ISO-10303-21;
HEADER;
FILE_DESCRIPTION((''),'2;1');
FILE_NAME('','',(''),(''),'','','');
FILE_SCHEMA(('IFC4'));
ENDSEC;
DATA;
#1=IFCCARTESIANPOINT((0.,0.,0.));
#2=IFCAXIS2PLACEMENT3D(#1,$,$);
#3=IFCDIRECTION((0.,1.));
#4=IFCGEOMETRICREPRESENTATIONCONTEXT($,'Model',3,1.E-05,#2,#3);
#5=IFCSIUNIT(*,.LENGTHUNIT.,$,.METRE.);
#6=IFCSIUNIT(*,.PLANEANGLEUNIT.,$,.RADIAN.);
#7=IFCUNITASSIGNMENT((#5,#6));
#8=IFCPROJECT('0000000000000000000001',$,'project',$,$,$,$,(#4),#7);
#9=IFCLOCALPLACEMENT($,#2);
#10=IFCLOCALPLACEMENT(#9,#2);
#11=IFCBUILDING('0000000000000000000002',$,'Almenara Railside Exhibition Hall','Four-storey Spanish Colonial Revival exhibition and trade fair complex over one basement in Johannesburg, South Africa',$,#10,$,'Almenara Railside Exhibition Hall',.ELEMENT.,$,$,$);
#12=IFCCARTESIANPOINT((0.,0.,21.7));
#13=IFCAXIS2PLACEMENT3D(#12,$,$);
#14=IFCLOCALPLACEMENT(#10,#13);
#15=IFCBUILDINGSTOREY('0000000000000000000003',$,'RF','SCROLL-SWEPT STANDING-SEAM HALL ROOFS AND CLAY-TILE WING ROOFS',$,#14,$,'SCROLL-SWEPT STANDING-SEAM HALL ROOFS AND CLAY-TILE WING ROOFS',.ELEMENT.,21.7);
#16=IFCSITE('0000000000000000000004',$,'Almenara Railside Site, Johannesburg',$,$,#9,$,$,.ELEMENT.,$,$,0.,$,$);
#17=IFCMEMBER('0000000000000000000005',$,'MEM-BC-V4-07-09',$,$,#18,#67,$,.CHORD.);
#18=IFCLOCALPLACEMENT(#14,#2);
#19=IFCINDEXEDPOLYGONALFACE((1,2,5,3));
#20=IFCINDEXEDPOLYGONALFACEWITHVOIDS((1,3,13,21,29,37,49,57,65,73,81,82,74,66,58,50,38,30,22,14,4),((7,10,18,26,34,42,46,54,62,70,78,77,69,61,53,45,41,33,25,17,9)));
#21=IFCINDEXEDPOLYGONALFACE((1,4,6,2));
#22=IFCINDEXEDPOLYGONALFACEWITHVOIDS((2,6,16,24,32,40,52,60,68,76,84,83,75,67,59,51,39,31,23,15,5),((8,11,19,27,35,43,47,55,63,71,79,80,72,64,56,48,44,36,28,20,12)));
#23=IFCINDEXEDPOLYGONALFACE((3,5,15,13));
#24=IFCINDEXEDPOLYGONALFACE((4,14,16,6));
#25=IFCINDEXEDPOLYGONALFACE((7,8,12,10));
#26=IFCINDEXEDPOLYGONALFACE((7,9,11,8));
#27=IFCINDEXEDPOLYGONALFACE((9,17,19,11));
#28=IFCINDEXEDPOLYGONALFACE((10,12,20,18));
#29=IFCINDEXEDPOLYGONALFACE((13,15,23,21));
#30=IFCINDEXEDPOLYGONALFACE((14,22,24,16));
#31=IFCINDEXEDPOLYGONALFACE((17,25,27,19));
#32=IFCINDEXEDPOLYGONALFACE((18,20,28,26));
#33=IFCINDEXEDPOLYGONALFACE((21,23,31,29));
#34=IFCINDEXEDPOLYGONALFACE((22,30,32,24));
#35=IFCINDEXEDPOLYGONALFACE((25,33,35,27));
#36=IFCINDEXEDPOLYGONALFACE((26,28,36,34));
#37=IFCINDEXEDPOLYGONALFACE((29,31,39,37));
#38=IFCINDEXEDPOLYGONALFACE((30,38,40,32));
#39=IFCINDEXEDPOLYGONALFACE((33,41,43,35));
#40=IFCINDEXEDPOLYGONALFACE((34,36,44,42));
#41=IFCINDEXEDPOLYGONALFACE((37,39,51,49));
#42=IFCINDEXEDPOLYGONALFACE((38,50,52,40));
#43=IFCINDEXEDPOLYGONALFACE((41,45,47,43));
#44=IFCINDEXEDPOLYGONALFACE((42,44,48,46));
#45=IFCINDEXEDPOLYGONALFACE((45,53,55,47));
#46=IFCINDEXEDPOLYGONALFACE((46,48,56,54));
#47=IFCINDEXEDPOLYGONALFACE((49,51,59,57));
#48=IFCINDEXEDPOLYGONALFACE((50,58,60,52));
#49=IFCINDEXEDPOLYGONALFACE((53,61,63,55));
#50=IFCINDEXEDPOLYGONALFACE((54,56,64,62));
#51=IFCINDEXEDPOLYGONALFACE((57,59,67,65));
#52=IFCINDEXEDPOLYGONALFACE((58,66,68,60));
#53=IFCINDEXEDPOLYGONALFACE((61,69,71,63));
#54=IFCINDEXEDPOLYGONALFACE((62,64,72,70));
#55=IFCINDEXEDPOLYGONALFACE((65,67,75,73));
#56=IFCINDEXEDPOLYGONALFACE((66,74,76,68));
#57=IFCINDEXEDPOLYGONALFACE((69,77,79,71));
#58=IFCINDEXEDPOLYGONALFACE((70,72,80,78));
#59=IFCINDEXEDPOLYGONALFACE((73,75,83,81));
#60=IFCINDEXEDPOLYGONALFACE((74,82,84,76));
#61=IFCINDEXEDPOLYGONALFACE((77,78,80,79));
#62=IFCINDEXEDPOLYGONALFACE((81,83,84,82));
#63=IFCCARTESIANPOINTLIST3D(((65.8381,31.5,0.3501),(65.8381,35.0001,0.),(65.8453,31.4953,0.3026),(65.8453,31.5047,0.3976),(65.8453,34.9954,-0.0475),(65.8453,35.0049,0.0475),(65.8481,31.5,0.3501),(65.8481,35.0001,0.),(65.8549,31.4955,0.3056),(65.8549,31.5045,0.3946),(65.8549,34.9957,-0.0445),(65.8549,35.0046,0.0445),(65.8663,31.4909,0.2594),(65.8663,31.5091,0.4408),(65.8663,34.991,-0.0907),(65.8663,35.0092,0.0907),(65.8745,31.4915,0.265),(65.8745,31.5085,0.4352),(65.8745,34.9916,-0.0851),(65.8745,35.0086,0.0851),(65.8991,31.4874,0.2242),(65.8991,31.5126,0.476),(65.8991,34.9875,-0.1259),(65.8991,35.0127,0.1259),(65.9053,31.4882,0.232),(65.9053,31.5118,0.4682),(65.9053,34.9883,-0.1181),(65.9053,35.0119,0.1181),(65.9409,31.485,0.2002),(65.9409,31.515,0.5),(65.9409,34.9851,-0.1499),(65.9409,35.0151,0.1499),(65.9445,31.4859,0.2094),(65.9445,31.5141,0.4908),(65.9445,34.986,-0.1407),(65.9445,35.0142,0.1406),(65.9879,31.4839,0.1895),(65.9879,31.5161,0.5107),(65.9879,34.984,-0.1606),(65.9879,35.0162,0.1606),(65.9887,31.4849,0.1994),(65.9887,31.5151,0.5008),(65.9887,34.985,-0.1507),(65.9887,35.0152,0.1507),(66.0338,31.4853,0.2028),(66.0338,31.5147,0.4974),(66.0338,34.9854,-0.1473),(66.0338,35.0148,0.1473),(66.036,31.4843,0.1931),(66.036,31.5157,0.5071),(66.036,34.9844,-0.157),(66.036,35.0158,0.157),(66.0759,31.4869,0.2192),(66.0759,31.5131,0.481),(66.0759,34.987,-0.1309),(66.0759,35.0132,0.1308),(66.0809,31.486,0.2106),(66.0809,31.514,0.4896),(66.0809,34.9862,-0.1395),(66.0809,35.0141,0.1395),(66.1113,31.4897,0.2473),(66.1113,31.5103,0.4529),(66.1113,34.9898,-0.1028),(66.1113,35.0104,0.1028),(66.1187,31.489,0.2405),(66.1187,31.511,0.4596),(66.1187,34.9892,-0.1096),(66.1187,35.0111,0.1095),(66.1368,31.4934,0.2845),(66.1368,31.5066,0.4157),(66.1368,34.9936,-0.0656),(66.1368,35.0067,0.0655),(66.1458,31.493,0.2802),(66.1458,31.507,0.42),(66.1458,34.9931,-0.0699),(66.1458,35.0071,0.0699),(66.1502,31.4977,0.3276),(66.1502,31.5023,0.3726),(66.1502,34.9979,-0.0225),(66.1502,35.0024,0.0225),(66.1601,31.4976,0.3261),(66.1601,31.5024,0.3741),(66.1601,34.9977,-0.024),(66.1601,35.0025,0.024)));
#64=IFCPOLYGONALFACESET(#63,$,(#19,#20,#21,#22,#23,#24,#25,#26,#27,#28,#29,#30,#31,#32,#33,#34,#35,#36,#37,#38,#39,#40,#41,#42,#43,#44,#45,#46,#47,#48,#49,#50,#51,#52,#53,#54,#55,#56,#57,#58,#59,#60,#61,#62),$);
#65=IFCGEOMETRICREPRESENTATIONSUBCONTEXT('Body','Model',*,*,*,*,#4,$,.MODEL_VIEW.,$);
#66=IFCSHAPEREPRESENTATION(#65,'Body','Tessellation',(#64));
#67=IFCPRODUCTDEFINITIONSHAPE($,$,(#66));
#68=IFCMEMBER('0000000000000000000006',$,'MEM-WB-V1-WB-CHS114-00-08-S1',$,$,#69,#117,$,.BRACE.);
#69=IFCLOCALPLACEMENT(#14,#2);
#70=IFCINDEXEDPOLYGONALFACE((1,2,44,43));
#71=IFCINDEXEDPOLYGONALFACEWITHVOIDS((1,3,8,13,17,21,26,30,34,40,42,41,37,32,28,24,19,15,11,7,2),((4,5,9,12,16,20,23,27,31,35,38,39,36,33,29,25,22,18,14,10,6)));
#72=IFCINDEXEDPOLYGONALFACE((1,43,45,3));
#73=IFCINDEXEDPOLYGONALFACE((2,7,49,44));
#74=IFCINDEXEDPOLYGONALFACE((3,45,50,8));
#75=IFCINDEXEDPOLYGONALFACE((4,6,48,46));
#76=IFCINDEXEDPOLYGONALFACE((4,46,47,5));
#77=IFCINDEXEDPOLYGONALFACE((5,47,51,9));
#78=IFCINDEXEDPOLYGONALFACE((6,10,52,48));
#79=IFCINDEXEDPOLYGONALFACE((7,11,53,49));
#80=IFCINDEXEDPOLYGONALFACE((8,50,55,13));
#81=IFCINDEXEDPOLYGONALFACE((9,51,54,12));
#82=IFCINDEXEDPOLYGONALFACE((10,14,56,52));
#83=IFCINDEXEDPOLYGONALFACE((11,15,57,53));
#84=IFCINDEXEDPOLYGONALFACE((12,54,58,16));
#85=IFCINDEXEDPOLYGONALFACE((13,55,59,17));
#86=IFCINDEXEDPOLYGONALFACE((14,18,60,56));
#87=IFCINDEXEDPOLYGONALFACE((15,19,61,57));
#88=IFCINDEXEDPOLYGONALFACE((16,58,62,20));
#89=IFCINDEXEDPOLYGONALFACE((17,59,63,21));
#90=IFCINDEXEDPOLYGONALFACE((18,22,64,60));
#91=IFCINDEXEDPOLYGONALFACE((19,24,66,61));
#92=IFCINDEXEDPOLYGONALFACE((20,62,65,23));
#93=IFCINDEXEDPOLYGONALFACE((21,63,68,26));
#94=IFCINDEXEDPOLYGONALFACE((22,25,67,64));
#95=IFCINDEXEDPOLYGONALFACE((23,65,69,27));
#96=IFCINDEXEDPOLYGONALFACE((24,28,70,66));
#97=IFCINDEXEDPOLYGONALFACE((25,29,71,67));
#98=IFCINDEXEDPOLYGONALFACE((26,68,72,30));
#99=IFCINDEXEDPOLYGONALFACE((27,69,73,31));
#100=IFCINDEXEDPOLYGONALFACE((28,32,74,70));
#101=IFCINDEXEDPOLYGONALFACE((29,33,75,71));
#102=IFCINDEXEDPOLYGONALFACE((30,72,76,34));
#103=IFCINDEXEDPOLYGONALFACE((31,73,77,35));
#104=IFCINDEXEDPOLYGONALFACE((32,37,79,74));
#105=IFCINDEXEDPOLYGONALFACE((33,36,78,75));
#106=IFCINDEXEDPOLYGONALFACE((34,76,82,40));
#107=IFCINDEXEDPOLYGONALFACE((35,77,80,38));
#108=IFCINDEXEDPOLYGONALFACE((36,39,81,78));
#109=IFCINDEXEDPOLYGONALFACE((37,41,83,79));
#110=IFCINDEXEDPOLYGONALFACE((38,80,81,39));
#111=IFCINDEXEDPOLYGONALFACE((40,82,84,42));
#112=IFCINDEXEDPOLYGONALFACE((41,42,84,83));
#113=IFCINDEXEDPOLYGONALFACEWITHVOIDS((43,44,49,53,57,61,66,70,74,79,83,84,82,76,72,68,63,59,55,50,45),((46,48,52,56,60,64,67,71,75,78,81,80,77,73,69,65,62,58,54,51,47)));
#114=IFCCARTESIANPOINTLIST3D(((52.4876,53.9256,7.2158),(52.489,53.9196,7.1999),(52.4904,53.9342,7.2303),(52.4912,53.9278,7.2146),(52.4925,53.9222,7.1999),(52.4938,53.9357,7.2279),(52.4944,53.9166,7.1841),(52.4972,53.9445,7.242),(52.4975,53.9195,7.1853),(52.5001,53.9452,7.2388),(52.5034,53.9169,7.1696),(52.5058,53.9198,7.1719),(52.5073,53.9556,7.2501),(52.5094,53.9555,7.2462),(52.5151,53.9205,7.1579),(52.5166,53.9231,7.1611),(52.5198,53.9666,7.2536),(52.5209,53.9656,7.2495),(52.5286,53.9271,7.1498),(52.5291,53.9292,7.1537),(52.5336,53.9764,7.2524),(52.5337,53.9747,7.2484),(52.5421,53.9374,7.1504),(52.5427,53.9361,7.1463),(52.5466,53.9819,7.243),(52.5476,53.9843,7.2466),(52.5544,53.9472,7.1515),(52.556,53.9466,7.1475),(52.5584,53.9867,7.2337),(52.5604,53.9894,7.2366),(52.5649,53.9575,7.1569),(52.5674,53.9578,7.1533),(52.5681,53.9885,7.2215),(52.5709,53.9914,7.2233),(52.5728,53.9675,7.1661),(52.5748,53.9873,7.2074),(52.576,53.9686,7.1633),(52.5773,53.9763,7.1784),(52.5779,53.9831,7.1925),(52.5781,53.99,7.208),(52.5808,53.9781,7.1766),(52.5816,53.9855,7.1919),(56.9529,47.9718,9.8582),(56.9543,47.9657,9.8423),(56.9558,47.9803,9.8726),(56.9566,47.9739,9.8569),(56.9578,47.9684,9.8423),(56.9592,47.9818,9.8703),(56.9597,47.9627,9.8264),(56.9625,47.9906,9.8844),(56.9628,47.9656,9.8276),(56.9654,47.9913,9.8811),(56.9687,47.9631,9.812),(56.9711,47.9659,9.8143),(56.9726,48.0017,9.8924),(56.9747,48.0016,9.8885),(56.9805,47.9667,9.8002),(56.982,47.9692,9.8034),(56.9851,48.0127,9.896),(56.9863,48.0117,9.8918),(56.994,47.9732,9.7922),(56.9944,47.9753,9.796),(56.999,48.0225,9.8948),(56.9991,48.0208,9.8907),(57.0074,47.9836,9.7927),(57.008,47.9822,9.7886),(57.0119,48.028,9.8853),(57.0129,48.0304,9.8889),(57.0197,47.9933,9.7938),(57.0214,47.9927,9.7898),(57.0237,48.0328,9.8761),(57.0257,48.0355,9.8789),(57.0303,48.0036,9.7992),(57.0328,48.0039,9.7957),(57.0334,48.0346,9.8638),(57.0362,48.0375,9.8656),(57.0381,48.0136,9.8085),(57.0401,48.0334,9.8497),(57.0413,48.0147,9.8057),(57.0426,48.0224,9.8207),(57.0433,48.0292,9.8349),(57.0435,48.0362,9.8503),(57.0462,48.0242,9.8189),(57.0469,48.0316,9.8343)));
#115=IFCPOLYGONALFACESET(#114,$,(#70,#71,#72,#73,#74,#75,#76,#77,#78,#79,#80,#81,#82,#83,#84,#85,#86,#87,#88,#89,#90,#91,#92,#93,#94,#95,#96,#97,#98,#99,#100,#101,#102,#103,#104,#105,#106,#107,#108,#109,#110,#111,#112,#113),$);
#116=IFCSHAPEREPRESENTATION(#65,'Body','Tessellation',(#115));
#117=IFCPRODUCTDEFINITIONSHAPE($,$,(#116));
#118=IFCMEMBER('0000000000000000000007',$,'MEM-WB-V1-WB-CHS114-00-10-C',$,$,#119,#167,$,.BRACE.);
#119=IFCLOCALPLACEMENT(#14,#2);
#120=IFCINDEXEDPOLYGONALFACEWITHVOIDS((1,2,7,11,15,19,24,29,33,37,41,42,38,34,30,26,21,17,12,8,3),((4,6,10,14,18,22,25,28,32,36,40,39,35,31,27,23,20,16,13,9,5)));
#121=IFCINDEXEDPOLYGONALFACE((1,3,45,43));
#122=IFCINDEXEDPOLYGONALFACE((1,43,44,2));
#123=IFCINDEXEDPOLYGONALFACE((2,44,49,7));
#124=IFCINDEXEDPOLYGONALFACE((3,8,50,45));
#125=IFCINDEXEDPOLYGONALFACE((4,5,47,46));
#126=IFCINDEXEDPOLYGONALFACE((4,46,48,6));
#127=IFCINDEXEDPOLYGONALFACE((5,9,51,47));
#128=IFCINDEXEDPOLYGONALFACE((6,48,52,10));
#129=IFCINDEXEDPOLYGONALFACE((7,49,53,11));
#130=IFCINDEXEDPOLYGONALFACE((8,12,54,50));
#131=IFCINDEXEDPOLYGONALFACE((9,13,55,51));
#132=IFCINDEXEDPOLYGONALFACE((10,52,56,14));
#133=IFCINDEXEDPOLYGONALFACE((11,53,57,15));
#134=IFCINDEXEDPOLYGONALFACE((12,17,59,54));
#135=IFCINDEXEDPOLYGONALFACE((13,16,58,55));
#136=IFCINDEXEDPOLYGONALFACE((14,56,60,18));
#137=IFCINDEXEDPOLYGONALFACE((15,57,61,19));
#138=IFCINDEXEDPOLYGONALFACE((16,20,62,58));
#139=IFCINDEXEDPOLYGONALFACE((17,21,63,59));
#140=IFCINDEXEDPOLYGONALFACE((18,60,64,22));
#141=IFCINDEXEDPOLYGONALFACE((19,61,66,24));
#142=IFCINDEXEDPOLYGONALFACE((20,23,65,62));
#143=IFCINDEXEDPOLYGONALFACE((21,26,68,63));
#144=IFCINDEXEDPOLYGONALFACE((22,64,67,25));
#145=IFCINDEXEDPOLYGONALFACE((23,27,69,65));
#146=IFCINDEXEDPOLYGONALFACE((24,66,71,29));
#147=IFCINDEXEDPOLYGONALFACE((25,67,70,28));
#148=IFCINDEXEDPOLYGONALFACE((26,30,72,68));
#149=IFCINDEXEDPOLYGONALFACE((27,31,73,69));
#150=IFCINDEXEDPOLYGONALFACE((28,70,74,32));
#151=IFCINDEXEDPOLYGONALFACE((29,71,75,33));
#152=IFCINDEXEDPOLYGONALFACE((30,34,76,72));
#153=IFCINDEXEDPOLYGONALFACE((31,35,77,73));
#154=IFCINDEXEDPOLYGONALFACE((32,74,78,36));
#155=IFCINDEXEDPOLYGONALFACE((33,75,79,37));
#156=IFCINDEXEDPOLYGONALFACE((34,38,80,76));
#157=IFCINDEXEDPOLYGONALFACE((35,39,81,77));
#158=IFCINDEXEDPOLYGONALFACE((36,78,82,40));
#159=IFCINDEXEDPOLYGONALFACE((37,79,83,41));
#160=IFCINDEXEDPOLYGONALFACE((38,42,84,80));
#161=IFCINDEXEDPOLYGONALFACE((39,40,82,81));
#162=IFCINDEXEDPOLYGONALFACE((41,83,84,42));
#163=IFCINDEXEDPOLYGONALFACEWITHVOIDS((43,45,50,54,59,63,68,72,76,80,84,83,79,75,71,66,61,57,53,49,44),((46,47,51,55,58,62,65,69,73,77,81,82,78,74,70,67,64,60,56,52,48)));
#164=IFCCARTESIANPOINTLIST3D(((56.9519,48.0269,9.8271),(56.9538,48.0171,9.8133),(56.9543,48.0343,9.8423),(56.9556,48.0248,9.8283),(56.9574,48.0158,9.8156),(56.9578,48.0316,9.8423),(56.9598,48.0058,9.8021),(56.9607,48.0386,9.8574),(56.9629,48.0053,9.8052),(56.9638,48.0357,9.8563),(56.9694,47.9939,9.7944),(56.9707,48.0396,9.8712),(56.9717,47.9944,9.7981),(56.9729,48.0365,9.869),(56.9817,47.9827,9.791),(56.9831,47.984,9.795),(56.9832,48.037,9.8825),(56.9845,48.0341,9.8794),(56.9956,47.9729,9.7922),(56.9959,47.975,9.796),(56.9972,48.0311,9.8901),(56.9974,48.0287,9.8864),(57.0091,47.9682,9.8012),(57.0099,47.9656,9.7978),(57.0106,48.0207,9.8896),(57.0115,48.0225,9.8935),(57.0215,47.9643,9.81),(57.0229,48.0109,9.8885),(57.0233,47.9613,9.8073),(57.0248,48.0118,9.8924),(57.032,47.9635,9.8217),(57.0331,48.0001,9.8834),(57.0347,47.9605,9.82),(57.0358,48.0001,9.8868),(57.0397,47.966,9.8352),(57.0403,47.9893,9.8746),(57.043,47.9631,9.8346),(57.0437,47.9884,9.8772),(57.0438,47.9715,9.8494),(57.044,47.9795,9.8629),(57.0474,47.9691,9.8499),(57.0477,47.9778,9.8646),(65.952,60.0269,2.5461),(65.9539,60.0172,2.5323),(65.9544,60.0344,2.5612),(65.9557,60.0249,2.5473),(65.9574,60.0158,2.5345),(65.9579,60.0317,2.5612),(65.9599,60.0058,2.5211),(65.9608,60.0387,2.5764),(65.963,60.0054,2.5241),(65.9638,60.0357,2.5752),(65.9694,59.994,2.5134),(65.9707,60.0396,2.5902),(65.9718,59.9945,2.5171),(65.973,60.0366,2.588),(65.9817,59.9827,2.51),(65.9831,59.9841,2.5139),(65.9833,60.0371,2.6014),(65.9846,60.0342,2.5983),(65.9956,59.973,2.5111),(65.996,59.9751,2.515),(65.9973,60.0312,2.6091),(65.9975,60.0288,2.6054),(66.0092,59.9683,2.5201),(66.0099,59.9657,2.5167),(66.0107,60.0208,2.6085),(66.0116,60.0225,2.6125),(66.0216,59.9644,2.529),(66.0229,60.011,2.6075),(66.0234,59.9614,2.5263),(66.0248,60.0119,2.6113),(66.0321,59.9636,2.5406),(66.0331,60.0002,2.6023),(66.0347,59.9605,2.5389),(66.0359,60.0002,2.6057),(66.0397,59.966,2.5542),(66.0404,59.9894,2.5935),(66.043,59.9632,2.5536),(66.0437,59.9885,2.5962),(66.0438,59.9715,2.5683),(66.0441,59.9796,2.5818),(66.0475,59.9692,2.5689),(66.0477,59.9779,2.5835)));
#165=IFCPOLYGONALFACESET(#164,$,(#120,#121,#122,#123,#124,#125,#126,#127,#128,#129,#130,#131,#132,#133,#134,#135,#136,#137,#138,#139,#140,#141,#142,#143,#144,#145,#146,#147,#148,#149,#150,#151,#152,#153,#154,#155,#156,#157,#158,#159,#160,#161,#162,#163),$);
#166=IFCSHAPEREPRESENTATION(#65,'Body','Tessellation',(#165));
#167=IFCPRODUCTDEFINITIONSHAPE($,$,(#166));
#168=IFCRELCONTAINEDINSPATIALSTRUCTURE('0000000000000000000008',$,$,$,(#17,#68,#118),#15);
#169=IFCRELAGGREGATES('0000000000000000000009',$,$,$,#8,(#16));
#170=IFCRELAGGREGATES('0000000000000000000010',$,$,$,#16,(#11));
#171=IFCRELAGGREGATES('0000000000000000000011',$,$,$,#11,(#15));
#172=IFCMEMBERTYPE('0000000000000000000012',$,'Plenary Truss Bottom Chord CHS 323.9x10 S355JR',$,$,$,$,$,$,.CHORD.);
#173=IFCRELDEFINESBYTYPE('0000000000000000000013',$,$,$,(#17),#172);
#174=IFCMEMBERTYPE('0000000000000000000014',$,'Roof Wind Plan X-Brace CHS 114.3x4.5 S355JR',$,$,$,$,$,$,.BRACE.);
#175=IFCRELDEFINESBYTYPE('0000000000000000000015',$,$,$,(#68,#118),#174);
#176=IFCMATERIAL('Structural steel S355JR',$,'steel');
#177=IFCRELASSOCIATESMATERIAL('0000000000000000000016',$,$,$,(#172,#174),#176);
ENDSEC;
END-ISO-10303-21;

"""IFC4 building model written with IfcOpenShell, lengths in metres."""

from ifc_helpers import new_model, si_unit, direction, frame, origin, origin_2d, place, context, subcontext, project, spatial, hollow_circle, extrude, material, material_profile, profile_set, type_object, element, save


model = new_model("IFC4")

# Units and contexts
model_context = context("Model", 3, precision=1e-05, world=origin(), true_north=direction((0.0, 1.0)))
body_context = subcontext(model_context, "Body", "Model", "MODEL_VIEW")
ifc_project = project(units=[si_unit("LENGTHUNIT", "METRE"), si_unit("PLANEANGLEUNIT", "RADIAN")], contexts=[model_context])

# Site, building, storey
site_placement = place(None, origin())
site = spatial("IfcSite", under=ifc_project, at=site_placement, Name="Almenara Railside Site, Johannesburg", CompositionType="ELEMENT", RefElevation=0.0)
building_placement = place(site_placement, origin())
building = spatial("IfcBuilding", under=site, at=building_placement, Name="Almenara Railside Exhibition Hall", Description="Four-storey Spanish Colonial Revival exhibition and trade fair complex over one basement in Johannesburg, South Africa", LongName="Almenara Railside Exhibition Hall", CompositionType="ELEMENT")
storey_placement = place(building_placement, frame((0.0, 0.0, 21.7)))
storey = spatial("IfcBuildingStorey", under=building, at=storey_placement, Name="RF", Description="SCROLL-SWEPT STANDING-SEAM HALL ROOFS AND CLAY-TILE WING ROOFS", LongName="SCROLL-SWEPT STANDING-SEAM HALL ROOFS AND CLAY-TILE WING ROOFS", CompositionType="ELEMENT", Elevation=21.7)

# Shared definitions
ifc_material_1 = material(Name="Structural steel S355JR", Category="steel")

# Members
ifc_material_profile_1 = material_profile(ifc_material_1, hollow_circle(Radius=0.1619, WallThickness=0.01, at=origin_2d()), Name="CHS 323.9x10")
ifc_profile_set_1 = profile_set([ifc_material_profile_1], Name="Structural steel S355JR")
member_type_1 = type_object("IfcMemberType", Name="Plenary Truss Bottom Chord CHS 323.9x10 S355JR", PredefinedType="CHORD", material=ifc_profile_set_1)
member_1_placement = place(storey_placement, frame((66.0, 31.5, 0.3501), z_axis=(0.0, 0.995034, -0.099531), x_axis=(-1.0, 0.0, 0.0)))
element("IfcMember", 1, at=member_1_placement, inside=storey, type_object=member_type_1, Name="MEM-BC-V4-07-09", PredefinedType="CHORD", context=body_context, shape_type="SweptSolid", body=[
    extrude(hollow_circle(Radius=0.1619, WallThickness=0.01, at=origin_2d()), origin(), (0.0, 0.0, 1.0), 3.5176),
])
ifc_material_profile_2 = material_profile(ifc_material_1, hollow_circle(Radius=0.0571, WallThickness=0.0044, at=origin_2d()), Name="CHS 114.3x4.5")
ifc_profile_set_2 = profile_set([ifc_material_profile_2], Name="Structural steel S355JR")
member_type_2 = type_object("IfcMemberType", Name="Roof Wind Plan X-Brace CHS 114.3x4.5 S355JR", PredefinedType="BRACE", material=ifc_profile_set_2)
member_2_placement = place(storey_placement, frame((57.0, 48.0, 9.8423), z_axis=(-0.565415, 0.753897, -0.334581), x_axis=(-0.800004, -0.599995, 0.0)))
element("IfcMember", 2, at=member_2_placement, inside=storey, type_object=member_type_2, Name="MEM-WB-V1-WB-CHS114-00-08-S1", PredefinedType="BRACE", context=body_context, shape_type="SweptSolid", body=[
    extrude(hollow_circle(Radius=0.0571, WallThickness=0.0044, at=origin_2d()), origin(), (0.0, 0.0, 1.0), 7.8975),
])
member_3_placement = place(storey_placement, frame((57.0, 48.0, 9.8423), z_axis=(0.539771, 0.719695, -0.436675), x_axis=(-0.8, 0.6, 0.0)))
element("IfcMember", 3, at=member_3_placement, inside=storey, type_object=member_type_2, Name="MEM-WB-V1-WB-CHS114-00-10-C", PredefinedType="BRACE", context=body_context, shape_type="SweptSolid", body=[
    extrude(hollow_circle(Radius=0.0571, WallThickness=0.0044, at=origin_2d()), origin(), (0.0, 0.0, 1.0), 16.6738),
])

save(model, "model.ifc")
